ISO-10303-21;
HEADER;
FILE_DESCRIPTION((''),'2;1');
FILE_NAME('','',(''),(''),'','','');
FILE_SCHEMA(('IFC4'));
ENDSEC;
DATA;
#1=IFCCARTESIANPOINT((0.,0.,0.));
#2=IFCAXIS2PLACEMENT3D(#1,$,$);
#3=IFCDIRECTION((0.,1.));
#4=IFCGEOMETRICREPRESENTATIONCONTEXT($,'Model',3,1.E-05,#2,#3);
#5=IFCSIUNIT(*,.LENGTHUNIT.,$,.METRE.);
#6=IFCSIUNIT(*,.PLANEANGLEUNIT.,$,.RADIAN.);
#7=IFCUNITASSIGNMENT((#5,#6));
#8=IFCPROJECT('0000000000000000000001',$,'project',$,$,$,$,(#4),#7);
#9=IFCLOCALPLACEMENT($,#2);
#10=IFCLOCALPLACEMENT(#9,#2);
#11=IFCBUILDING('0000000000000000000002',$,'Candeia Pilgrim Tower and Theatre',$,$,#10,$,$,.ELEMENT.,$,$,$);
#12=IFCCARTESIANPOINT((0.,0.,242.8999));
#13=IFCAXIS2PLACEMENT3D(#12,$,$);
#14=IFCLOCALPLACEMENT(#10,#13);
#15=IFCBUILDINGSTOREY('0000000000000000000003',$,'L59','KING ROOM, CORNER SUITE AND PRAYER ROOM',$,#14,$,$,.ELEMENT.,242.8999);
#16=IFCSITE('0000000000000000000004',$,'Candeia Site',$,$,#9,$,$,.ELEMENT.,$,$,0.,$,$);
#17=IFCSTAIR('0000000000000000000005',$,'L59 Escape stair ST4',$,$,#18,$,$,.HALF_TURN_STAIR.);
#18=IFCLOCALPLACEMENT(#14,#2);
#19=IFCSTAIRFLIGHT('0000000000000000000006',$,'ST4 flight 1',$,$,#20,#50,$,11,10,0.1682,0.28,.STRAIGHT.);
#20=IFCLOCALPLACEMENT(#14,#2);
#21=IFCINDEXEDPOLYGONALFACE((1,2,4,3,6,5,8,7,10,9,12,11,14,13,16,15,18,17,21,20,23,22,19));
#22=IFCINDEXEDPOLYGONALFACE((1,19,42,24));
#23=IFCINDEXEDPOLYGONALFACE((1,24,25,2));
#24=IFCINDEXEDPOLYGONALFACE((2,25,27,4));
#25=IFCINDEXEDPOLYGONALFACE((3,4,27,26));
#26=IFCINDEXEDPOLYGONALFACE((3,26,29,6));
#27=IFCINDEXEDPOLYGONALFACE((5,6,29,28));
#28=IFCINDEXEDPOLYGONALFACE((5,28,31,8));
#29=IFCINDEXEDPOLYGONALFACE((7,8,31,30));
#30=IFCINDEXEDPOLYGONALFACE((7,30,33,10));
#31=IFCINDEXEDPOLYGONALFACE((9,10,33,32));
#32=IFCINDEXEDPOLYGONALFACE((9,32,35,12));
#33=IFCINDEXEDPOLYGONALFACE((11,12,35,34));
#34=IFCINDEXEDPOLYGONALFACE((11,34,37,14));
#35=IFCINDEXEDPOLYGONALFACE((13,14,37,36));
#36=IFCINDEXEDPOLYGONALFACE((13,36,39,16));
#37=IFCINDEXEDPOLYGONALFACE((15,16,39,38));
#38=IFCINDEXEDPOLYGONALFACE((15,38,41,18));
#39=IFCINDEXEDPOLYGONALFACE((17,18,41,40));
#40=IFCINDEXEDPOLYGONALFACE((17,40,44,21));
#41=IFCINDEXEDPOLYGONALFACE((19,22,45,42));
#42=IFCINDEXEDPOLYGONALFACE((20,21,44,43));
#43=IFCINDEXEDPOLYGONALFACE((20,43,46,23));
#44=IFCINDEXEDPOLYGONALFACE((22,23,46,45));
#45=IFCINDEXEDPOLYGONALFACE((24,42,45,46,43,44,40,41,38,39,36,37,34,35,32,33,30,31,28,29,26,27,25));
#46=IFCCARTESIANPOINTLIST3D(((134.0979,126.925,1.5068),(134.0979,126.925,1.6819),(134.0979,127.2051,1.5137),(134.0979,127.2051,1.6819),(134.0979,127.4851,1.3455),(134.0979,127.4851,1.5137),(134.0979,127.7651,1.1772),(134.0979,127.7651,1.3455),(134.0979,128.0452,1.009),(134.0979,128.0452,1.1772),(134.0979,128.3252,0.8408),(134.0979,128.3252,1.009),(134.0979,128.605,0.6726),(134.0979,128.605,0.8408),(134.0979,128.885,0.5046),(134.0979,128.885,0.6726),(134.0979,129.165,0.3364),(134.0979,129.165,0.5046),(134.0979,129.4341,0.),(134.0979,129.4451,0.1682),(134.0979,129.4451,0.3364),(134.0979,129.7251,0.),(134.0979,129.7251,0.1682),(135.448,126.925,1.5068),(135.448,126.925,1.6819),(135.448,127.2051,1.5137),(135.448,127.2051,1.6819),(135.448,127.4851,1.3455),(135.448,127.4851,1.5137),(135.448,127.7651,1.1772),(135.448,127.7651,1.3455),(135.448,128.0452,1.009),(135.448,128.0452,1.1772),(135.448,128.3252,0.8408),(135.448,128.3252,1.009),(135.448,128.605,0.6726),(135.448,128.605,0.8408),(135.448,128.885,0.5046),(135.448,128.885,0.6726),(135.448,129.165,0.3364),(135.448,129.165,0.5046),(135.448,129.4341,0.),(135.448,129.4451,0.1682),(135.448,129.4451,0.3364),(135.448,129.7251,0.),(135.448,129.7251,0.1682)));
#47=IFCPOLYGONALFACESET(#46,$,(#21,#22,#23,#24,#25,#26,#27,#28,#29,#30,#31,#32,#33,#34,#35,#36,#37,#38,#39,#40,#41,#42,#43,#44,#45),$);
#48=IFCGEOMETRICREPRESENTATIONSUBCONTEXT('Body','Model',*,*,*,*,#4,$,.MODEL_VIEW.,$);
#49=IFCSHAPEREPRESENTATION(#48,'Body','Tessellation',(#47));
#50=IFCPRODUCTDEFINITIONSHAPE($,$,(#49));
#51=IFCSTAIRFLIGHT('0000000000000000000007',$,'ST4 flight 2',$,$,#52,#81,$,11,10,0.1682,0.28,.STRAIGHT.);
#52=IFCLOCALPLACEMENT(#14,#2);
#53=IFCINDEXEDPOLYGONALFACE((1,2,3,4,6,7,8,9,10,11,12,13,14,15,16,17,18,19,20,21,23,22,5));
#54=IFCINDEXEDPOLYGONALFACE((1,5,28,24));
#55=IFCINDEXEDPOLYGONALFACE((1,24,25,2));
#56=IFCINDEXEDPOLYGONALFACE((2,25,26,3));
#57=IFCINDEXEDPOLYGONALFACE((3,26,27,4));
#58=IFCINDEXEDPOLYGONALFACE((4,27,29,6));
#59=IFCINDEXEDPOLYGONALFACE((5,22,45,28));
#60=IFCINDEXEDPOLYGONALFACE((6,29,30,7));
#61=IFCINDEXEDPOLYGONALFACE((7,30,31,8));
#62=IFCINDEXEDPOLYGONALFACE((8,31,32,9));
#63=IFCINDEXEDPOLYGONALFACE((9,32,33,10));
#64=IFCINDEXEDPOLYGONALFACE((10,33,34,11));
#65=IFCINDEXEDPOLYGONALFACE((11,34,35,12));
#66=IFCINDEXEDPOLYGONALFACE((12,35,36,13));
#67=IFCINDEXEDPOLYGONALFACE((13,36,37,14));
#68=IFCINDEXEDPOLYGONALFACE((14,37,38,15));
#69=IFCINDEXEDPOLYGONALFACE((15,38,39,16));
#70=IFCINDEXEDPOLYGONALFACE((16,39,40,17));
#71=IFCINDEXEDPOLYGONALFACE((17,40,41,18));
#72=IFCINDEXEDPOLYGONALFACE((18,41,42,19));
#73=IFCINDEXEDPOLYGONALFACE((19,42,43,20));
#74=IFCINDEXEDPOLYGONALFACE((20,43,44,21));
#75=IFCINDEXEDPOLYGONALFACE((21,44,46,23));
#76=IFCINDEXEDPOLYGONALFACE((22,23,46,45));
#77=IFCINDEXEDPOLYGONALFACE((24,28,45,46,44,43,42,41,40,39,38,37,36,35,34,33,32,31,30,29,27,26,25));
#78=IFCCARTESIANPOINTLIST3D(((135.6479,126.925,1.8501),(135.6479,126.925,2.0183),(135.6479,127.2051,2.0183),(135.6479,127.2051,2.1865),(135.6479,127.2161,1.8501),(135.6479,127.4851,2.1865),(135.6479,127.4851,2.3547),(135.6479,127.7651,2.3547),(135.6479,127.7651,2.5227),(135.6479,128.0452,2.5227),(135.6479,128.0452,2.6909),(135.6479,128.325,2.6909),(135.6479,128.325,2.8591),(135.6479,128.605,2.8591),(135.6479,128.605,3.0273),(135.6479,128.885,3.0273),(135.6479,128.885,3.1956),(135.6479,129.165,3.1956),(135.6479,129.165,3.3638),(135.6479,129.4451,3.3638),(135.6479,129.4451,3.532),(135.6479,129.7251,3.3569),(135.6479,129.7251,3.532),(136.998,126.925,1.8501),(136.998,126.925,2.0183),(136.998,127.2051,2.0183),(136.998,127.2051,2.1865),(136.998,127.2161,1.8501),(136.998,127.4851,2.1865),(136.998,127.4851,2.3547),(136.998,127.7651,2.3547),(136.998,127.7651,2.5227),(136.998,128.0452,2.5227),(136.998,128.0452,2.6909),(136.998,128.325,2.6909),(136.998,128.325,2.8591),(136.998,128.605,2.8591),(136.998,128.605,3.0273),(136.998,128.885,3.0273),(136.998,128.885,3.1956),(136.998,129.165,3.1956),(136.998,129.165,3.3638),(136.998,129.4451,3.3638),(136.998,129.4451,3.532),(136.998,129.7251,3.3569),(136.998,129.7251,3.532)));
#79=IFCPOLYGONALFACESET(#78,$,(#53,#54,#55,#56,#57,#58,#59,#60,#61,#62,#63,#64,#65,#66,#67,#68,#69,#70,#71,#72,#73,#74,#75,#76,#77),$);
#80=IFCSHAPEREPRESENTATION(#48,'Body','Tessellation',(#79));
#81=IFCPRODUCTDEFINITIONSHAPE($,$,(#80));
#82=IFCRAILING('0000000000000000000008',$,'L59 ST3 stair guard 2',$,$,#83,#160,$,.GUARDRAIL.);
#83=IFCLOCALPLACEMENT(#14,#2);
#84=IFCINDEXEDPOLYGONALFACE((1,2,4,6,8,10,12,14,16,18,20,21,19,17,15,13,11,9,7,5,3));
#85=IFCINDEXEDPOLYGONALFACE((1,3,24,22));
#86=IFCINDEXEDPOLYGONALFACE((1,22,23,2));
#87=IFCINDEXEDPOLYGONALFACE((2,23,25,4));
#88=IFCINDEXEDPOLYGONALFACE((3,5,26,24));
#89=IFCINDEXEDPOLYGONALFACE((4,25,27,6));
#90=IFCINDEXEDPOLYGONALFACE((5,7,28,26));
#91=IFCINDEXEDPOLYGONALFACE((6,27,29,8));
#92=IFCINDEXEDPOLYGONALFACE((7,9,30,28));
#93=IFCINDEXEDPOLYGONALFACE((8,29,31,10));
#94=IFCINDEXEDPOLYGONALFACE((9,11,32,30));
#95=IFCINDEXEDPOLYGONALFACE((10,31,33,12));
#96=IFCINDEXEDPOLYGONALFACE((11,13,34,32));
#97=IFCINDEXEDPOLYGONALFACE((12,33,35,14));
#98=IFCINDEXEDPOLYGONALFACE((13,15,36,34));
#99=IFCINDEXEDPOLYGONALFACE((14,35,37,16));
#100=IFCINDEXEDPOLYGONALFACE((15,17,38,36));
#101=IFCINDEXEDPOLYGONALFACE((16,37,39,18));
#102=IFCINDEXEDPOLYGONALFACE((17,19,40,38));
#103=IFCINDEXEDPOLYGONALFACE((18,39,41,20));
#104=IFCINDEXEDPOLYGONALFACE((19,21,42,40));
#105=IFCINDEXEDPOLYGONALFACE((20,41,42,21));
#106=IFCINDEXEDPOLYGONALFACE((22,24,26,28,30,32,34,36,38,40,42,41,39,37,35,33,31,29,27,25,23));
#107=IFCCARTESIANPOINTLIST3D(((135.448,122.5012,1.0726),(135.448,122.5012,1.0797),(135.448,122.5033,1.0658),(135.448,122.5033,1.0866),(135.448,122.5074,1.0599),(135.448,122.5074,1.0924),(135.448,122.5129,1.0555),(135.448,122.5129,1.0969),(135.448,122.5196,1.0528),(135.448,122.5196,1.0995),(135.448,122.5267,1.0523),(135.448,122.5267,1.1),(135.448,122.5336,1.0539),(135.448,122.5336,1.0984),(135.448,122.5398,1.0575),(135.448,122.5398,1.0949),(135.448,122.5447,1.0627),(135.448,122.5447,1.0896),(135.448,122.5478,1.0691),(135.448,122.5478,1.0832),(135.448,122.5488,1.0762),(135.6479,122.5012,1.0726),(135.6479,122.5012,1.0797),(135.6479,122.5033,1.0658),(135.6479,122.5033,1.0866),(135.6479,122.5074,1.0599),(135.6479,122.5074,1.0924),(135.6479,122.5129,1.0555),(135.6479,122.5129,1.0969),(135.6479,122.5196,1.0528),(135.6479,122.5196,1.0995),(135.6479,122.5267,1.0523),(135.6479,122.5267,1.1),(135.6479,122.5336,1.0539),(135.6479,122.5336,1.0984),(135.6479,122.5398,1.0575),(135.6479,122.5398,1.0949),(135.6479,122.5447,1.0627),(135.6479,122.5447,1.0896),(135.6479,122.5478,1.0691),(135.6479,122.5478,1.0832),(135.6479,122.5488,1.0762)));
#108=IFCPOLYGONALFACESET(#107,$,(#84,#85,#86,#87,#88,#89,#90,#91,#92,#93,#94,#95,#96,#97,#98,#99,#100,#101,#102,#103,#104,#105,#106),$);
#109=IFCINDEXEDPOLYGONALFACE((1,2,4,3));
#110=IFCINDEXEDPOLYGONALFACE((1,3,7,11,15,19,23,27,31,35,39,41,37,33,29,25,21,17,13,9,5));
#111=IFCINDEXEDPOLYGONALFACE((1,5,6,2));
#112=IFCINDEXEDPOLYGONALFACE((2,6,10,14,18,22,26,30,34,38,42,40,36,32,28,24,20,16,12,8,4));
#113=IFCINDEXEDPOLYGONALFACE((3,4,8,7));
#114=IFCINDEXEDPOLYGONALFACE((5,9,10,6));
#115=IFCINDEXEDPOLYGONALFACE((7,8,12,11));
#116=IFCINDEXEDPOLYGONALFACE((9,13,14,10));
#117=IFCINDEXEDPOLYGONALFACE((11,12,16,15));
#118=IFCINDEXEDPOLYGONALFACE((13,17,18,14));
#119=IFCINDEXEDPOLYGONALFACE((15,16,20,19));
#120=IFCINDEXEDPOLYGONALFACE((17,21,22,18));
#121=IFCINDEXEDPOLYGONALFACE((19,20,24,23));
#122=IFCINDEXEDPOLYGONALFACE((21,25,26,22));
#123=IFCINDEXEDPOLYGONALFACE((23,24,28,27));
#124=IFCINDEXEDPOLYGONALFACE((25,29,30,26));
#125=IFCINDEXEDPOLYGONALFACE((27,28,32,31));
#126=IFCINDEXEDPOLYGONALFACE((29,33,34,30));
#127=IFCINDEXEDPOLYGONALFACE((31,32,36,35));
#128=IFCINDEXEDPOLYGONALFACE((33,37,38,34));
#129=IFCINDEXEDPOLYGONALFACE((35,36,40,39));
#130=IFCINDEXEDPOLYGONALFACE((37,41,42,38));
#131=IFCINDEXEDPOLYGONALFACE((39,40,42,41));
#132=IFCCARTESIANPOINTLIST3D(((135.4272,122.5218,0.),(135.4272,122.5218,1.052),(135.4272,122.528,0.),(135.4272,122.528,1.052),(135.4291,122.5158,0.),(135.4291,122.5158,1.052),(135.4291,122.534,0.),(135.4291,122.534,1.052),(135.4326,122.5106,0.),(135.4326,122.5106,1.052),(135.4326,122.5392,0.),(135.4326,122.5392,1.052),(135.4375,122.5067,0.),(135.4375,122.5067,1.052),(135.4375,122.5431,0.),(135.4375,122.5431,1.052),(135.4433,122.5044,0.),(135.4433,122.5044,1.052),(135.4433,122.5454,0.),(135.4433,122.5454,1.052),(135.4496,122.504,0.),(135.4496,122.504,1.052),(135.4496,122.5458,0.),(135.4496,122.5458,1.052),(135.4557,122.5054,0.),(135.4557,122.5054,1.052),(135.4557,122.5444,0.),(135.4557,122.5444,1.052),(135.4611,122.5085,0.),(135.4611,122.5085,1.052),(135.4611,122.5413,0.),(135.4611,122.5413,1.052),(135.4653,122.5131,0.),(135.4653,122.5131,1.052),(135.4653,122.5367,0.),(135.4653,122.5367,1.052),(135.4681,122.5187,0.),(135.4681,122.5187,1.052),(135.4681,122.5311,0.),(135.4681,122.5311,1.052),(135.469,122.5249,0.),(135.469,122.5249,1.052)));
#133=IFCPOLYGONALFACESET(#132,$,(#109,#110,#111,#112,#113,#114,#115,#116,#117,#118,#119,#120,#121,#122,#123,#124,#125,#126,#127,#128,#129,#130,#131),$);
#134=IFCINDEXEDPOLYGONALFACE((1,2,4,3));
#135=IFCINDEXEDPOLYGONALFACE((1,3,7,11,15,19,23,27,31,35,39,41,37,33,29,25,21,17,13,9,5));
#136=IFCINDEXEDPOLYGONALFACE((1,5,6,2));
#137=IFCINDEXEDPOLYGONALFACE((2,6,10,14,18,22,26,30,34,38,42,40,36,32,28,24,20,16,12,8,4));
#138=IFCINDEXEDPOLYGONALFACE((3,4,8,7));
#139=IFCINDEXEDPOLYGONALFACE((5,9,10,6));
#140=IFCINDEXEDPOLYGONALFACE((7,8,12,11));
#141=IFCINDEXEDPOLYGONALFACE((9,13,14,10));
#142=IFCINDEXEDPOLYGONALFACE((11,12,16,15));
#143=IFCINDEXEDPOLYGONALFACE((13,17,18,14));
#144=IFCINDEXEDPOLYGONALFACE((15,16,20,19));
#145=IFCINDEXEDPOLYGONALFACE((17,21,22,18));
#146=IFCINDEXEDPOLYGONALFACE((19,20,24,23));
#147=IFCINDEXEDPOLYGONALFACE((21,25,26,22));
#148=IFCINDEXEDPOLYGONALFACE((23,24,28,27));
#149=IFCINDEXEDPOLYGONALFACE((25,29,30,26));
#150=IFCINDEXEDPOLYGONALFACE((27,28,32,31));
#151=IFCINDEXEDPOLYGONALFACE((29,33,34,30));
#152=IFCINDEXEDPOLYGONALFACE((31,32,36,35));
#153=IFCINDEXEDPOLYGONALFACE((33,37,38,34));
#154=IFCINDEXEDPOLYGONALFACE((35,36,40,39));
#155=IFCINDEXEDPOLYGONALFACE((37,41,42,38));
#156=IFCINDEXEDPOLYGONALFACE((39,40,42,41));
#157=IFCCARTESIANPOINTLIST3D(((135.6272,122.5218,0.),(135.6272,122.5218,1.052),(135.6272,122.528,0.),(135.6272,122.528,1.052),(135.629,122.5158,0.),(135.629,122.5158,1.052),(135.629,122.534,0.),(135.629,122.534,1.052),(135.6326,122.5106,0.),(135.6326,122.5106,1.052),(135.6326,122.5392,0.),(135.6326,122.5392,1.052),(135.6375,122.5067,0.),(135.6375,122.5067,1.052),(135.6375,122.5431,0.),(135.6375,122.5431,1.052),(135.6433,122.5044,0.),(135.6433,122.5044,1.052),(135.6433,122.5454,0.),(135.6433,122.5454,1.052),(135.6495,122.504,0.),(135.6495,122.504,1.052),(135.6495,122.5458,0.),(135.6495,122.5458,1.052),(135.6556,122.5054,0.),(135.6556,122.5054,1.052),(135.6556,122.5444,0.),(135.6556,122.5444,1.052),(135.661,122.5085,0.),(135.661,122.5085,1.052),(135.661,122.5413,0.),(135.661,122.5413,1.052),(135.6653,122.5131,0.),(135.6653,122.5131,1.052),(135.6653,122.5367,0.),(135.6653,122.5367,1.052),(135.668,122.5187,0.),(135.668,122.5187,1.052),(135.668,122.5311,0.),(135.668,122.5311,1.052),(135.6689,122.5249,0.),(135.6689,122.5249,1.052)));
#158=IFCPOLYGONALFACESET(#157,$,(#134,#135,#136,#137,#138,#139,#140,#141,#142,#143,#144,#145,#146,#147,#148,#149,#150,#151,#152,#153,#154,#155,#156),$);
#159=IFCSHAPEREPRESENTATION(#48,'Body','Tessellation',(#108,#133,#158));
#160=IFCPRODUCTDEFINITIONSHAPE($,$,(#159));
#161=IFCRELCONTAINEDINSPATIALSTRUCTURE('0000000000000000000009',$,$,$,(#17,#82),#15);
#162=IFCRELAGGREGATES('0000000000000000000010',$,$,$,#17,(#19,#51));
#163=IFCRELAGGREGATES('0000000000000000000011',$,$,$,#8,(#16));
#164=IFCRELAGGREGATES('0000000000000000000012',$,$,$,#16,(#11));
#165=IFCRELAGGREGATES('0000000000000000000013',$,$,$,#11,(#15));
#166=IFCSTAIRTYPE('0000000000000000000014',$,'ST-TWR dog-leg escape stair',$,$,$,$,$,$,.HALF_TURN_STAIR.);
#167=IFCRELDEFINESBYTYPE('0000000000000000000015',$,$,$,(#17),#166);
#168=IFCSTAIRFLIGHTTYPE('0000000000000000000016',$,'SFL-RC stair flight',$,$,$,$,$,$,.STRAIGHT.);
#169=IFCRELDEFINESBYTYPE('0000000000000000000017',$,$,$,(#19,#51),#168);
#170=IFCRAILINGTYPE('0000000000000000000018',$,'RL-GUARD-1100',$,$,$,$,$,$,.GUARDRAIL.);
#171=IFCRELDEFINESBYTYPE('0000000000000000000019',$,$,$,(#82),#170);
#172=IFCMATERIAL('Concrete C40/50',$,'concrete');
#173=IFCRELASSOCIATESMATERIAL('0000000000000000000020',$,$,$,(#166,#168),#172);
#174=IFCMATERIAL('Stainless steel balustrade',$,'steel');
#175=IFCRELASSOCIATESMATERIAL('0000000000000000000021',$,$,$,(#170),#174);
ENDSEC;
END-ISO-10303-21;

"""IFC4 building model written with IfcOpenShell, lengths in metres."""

from ifc_helpers import new_model, si_unit, direction, frame, origin, origin_2d, place, context, subcontext, project, spatial, polyline, circle, outline, extrude, material, type_object, element, aggregate, save


model = new_model("IFC4")

# Units and contexts
model_context = context("Model", 3, precision=1e-05, world=origin(), true_north=direction((0.0, 1.0)))
body_context = subcontext(model_context, "Body", "Model", "MODEL_VIEW")
ifc_project = project(units=[si_unit("LENGTHUNIT", "METRE"), si_unit("PLANEANGLEUNIT", "RADIAN")], contexts=[model_context])

# Site, building, storey
site_placement = place(None, origin())
site = spatial("IfcSite", under=ifc_project, at=site_placement, Name="Candeia Site", CompositionType="ELEMENT", RefElevation=0.0)
building_placement = place(site_placement, origin())
building = spatial("IfcBuilding", under=site, at=building_placement, Name="Candeia Pilgrim Tower and Theatre", CompositionType="ELEMENT")
storey_placement = place(building_placement, frame((0.0, 0.0, 242.8999)))
storey = spatial("IfcBuildingStorey", under=building, at=storey_placement, Name="L59", Description="KING ROOM, CORNER SUITE AND PRAYER ROOM", CompositionType="ELEMENT", Elevation=242.8999)

# Shared definitions
ifc_material_1 = material(Name="Concrete C40/50", Category="concrete")

# Stair, stair flights
stair_type = type_object("IfcStairType", Name="ST-TWR dog-leg escape stair", PredefinedType="HALF_TURN_STAIR", material=ifc_material_1)
stair_flight_type = type_object("IfcStairFlightType", Name="SFL-RC stair flight", PredefinedType="STRAIGHT", material=ifc_material_1)
stair_1_placement = place(storey_placement, origin())
stair_1 = element("IfcStair", 1, at=stair_1_placement, inside=storey, type_object=stair_type, Name="L59 Escape stair ST4", PredefinedType="HALF_TURN_STAIR")
stair_flight_1_placement = place(storey_placement, frame((134.7729, 129.7251, 0.0), z_axis=(0.0, 0.0, 1.0), x_axis=(0.0, -1.0, 0.0)))
stair_flight_1 = element("IfcStairFlight", 2, at=stair_flight_1_placement, type_object=stair_flight_type, Name="ST4 flight 1", NumberOfRisers=11, NumberOfTreads=10, PredefinedType="STRAIGHT", RiserHeight=0.1682, TreadLength=0.28, context=body_context, shape_type="SweptSolid", body=[
    extrude(outline(polyline([(0.0, 0.0), (0.0, 0.1682), (0.28, 0.1682), (0.28, 0.3364), (0.5601, 0.3364), (0.5601, 0.5046), (0.8401, 0.5046), (0.8401, 0.6726), (1.1201, 0.6726), (1.1201, 0.8408), (1.3999, 0.8408), (1.3999, 1.009), (1.6799, 1.009), (1.6799, 1.1772), (1.96, 1.1772), (1.96, 1.3455), (2.24, 1.3455), (2.24, 1.5137), (2.52, 1.5137), (2.52, 1.6819), (2.8, 1.6819), (2.8, 1.8501), (2.8, 1.5068), (0.291, 0.0), (0.0, 0.0)])), frame((0.0, 0.675, 0.0), z_axis=(0.0, -1.0, 0.0), x_axis=(1.0, 0.0, 0.0)), (0.0, 0.0, 1.0), 1.3501),
])
stair_flight_2_placement = place(storey_placement, frame((136.323, 126.925, 1.8501), z_axis=(0.0, 0.0, 1.0), x_axis=(0.0, 1.0, 0.0)))
stair_flight_2 = element("IfcStairFlight", 3, at=stair_flight_2_placement, type_object=stair_flight_type, Name="ST4 flight 2", NumberOfRisers=11, NumberOfTreads=10, PredefinedType="STRAIGHT", RiserHeight=0.1682, TreadLength=0.28, context=body_context, shape_type="SweptSolid", body=[
    extrude(outline(polyline([(0.0, 0.0), (0.0, 0.1682), (0.28, 0.1682), (0.28, 0.3364), (0.5601, 0.3364), (0.5601, 0.5046), (0.8401, 0.5046), (0.8401, 0.6726), (1.1201, 0.6726), (1.1201, 0.8408), (1.3999, 0.8408), (1.3999, 1.009), (1.6799, 1.009), (1.6799, 1.1772), (1.96, 1.1772), (1.96, 1.3455), (2.24, 1.3455), (2.24, 1.5137), (2.52, 1.5137), (2.52, 1.6819), (2.8, 1.6819), (2.8, 1.8501), (2.8, 1.5068), (0.291, 0.0), (0.0, 0.0)])), frame((0.0, 0.675, 0.0), z_axis=(0.0, -1.0, 0.0), x_axis=(1.0, 0.0, 0.0)), (0.0, 0.0, 1.0), 1.3501),
])
aggregate(stair_1, [stair_flight_1, stair_flight_2])

# Railing
ifc_material_2 = material(Name="Stainless steel balustrade", Category="steel")
railing_type_1 = type_object("IfcRailingType", Name="RL-GUARD-1100", PredefinedType="GUARDRAIL", material=ifc_material_2)
railing_1_placement = place(storey_placement, frame((135.448, 122.5249, 0.0)))
element("IfcRailing", 4, at=railing_1_placement, inside=storey, type_object=railing_type_1, Name="L59 ST3 stair guard 2", PredefinedType="GUARDRAIL", context=body_context, shape_type="SweptSolid", body=[
    extrude(circle(Radius=0.0239, at=origin_2d()), frame((0.0, 0.0, 1.0762), z_axis=(1.0, 0.0, 0.0), x_axis=(0.0, 1.0, 0.0)), (0.0, 0.0, 1.0), 0.2),
    extrude(circle(Radius=0.021, at=origin_2d()), origin(), (0.0, 0.0, 1.0), 1.052),
    extrude(circle(Radius=0.021, at=origin_2d()), frame((0.2, 0.0, 0.0)), (0.0, 0.0, 1.0), 1.052),
])

save(model, "model.ifc")
